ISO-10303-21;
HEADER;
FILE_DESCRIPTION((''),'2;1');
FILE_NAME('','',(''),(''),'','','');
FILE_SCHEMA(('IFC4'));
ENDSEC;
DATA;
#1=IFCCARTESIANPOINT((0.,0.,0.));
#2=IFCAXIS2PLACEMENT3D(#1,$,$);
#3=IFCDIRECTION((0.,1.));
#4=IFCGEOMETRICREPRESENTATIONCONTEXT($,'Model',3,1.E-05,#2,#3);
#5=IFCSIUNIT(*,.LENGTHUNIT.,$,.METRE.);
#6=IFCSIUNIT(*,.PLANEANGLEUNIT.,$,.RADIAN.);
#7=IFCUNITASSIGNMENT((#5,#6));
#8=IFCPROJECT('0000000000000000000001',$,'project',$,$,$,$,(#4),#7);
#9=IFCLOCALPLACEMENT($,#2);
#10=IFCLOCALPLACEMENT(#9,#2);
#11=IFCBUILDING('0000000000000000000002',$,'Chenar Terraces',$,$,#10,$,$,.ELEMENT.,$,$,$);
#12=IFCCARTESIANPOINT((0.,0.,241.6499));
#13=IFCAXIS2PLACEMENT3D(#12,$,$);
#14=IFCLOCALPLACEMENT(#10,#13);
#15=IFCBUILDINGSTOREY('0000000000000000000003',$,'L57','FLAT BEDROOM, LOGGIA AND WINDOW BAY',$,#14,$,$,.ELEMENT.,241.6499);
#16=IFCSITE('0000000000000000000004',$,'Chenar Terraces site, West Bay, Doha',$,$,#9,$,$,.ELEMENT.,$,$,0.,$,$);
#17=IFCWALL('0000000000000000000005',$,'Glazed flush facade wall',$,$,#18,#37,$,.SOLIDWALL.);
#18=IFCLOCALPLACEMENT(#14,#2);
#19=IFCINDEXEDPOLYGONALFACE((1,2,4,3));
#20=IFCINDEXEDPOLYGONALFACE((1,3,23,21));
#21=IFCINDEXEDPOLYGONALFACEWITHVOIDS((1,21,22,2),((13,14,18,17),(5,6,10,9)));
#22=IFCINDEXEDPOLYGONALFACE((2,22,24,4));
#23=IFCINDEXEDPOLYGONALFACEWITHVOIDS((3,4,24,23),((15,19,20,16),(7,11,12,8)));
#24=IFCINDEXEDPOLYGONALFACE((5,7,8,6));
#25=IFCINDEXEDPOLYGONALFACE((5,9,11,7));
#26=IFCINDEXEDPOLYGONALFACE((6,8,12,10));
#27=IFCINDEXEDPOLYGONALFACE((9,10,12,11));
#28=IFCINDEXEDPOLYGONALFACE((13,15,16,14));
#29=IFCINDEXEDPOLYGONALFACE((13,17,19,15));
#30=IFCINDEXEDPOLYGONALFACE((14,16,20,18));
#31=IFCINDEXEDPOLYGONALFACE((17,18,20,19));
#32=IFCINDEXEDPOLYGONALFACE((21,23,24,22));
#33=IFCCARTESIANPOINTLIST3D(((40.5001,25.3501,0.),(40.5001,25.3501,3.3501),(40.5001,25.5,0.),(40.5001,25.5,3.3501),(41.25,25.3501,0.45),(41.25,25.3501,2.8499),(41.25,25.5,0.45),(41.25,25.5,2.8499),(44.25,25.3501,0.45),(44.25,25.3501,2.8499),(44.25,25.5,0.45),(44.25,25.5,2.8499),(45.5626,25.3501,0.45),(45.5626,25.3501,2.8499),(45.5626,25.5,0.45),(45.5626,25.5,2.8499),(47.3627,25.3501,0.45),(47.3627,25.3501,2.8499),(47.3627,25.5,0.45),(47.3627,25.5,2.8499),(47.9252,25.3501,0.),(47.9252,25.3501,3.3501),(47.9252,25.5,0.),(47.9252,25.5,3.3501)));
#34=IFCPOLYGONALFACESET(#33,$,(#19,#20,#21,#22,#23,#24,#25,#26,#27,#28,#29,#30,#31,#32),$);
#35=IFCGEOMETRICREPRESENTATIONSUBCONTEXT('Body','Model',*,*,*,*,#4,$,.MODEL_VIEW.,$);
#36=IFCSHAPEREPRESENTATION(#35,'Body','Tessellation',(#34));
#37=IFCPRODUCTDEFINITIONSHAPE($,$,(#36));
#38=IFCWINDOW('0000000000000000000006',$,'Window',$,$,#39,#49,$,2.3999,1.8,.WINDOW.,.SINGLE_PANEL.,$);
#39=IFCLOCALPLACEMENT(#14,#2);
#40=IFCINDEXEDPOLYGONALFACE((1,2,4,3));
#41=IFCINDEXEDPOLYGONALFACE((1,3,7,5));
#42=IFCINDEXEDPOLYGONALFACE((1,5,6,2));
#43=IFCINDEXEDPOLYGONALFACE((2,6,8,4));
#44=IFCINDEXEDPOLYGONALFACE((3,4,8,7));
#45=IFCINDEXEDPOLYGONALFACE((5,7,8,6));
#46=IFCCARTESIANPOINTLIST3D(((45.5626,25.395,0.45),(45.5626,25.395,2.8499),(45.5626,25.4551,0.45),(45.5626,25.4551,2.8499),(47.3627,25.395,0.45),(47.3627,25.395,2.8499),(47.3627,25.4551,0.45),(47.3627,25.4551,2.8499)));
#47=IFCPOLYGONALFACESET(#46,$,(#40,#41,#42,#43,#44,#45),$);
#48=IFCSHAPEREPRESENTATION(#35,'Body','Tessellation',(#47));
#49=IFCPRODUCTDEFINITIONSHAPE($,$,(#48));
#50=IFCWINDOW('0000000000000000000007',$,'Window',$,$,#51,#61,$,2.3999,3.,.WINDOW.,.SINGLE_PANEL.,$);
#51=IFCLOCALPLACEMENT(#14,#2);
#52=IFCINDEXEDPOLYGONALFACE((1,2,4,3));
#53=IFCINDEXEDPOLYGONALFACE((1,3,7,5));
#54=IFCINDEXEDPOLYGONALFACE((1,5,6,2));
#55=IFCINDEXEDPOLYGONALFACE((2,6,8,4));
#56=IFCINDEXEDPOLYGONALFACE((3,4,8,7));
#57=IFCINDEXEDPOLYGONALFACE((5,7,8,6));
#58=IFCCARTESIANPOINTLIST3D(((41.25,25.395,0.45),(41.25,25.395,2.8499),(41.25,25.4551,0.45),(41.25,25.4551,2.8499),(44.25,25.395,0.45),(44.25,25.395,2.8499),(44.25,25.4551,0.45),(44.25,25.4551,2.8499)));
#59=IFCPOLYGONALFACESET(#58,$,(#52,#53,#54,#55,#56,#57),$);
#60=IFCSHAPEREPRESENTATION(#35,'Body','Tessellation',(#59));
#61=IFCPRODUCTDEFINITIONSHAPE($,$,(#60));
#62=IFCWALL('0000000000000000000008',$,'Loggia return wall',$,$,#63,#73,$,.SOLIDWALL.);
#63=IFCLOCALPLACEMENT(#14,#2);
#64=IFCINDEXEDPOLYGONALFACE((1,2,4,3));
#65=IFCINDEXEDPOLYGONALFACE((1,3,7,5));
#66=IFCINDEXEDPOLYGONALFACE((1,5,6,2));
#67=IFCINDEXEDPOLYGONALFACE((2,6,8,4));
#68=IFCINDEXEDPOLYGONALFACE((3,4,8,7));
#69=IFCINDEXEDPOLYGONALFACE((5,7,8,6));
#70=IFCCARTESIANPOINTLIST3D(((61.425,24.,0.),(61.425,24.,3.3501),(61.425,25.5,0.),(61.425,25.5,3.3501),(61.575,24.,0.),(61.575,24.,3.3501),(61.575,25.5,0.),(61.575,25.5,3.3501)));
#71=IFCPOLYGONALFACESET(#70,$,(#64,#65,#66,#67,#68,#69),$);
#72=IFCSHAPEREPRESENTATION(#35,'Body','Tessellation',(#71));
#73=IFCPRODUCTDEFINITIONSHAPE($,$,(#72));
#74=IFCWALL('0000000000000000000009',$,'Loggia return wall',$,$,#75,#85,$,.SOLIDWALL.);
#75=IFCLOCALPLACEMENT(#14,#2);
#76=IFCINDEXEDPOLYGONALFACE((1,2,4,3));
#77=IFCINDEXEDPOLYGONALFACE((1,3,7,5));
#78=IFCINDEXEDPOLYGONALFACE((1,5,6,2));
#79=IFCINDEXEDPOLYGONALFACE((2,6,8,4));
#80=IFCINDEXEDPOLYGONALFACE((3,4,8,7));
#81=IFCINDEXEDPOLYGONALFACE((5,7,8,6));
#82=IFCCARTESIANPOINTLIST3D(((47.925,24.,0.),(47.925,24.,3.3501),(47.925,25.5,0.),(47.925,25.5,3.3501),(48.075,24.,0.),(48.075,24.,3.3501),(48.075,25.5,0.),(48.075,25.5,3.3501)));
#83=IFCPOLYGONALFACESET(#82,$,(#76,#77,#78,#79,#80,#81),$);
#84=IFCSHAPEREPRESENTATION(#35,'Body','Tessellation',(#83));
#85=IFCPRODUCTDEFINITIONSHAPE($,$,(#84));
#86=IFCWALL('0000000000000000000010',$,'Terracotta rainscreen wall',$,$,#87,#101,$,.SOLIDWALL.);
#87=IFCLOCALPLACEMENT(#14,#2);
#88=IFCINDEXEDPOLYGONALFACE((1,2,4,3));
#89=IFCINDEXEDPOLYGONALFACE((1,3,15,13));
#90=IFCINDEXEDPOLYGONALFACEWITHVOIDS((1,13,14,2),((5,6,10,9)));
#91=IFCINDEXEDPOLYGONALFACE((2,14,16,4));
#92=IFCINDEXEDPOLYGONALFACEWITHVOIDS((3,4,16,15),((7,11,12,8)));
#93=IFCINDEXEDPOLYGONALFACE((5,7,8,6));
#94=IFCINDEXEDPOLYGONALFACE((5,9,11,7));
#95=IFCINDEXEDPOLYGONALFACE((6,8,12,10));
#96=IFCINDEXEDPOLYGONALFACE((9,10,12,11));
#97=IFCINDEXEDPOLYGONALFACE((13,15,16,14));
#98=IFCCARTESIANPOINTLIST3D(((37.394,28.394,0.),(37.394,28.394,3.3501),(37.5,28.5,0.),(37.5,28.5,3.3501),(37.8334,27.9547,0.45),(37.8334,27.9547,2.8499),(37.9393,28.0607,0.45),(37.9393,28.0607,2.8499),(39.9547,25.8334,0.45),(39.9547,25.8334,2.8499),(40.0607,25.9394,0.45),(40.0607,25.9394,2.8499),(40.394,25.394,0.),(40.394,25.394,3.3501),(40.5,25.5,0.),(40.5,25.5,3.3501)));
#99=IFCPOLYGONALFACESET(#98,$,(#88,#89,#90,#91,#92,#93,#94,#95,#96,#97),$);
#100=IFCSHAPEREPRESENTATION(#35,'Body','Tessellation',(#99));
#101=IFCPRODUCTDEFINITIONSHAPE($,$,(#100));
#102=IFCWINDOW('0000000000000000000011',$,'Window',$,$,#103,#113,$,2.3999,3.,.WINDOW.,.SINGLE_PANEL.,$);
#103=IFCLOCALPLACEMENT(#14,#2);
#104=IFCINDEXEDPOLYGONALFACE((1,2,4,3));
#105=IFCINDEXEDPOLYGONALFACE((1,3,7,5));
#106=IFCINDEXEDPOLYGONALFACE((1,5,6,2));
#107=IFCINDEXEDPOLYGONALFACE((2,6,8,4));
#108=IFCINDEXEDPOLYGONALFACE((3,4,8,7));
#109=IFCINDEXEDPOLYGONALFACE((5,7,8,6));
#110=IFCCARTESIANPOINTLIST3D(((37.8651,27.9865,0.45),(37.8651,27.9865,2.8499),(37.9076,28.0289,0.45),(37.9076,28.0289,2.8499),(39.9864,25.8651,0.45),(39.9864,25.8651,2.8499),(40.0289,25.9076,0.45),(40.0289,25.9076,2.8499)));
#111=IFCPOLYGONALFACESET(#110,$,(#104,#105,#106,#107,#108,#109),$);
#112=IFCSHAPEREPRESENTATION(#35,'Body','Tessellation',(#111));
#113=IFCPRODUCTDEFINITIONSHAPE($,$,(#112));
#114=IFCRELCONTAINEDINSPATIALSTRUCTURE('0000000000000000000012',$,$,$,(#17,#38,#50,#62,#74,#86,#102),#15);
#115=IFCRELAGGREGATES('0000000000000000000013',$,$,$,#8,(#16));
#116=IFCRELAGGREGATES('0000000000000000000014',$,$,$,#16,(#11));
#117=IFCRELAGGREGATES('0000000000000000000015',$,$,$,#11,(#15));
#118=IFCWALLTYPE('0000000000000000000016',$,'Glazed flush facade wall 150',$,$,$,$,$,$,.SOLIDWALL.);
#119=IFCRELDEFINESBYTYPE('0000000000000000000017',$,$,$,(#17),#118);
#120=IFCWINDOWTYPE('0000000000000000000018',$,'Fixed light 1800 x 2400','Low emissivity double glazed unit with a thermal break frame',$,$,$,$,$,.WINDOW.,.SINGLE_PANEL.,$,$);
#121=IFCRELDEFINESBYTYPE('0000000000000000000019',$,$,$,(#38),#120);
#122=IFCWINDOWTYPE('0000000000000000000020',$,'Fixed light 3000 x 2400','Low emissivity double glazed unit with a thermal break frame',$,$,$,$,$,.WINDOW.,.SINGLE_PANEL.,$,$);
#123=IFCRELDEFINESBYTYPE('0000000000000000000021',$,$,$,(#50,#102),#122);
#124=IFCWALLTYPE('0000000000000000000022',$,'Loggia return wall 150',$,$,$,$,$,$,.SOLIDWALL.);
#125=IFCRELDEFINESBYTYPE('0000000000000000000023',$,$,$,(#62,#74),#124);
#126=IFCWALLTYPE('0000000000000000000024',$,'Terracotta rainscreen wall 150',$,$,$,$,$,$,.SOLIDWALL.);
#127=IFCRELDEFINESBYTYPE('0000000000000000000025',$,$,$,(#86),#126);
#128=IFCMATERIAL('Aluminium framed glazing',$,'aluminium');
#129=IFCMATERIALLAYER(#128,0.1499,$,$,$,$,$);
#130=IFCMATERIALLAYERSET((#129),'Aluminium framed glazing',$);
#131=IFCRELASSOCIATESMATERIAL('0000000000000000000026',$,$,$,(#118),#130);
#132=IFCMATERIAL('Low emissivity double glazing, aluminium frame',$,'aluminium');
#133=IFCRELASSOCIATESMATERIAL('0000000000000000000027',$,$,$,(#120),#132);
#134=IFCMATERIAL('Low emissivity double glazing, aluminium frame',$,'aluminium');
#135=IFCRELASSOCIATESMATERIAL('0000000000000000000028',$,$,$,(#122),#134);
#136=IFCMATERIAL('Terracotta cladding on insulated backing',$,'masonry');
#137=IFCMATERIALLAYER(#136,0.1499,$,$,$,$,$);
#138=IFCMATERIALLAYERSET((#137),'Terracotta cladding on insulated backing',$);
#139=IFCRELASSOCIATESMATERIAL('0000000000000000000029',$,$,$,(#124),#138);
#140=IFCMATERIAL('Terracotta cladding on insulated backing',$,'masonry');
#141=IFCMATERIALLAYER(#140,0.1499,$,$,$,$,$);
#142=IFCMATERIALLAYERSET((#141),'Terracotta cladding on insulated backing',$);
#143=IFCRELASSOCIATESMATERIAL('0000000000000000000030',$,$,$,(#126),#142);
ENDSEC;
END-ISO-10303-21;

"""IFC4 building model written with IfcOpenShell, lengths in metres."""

from ifc_helpers import new_model, si_unit, direction, frame, frame_2d, origin, place, context, subcontext, project, spatial, rectangle, extrude, material, layer, layer_set, type_object, element, fill, save


model = new_model("IFC4")

# Units and contexts
model_context = context("Model", 3, precision=1e-05, world=origin(), true_north=direction((0.0, 1.0)))
body_context = subcontext(model_context, "Body", "Model", "MODEL_VIEW")
ifc_project = project(units=[si_unit("LENGTHUNIT", "METRE"), si_unit("PLANEANGLEUNIT", "RADIAN")], contexts=[model_context])

# Site, building, storey
site_placement = place(None, origin())
site = spatial("IfcSite", under=ifc_project, at=site_placement, Name="Chenar Terraces site, West Bay, Doha", CompositionType="ELEMENT", RefElevation=0.0)
building_placement = place(site_placement, origin())
building = spatial("IfcBuilding", under=site, at=building_placement, Name="Chenar Terraces", CompositionType="ELEMENT")
storey_placement = place(building_placement, frame((0.0, 0.0, 241.6499)))
storey = spatial("IfcBuildingStorey", under=building, at=storey_placement, Name="L57", Description="FLAT BEDROOM, LOGGIA AND WINDOW BAY", CompositionType="ELEMENT", Elevation=241.6499)

# Wall, openings, windows
ifc_material_1 = material(Name="Aluminium framed glazing", Category="aluminium")
ifc_layer_1 = layer(ifc_material_1, 0.1499)
ifc_layer_set_1 = layer_set([ifc_layer_1], Name="Aluminium framed glazing")
wall_type_1 = type_object("IfcWallType", Name="Glazed flush facade wall 150", PredefinedType="SOLIDWALL", material=ifc_layer_set_1)
wall_1_placement = place(storey_placement, frame((47.925, 25.425, 0.0), z_axis=(0.0, 0.0, 1.0), x_axis=(-1.0, 0.0, 0.0)))
wall_1 = element("IfcWall", 1, at=wall_1_placement, inside=storey, type_object=wall_type_1, Name="Glazed flush facade wall", PredefinedType="SOLIDWALL", context=body_context, shape_type="SweptSolid", body=[
    extrude(rectangle(XDim=7.425, YDim=0.1499, at=frame_2d((3.7124, 0.0))), origin(), (0.0, 0.0, 1.0), 3.3501),
])
opening_1_placement = place(wall_1_placement, frame((0.5625, 0.0, 0.45)))
opening_1 = element("IfcOpeningElement", 2, at=opening_1_placement, cuts=wall_1, PredefinedType="OPENING", context=body_context, shape_type="SweptSolid", body=[
    extrude(rectangle(XDim=1.8, YDim=2.3999, at=frame_2d((0.8999, 1.2))), frame((0.0, 0.085, 0.0), z_axis=(0.0, -1.0, 0.0), x_axis=(1.0, 0.0, 0.0)), (0.0, 0.0, 1.0), 0.1699),
])
opening_2_placement = place(wall_1_placement, frame((3.675, 0.0, 0.45)))
opening_2 = element("IfcOpeningElement", 3, at=opening_2_placement, cuts=wall_1, PredefinedType="OPENING", context=body_context, shape_type="SweptSolid", body=[
    extrude(rectangle(XDim=3.0, YDim=2.3999, at=frame_2d((1.5, 1.2))), frame((0.0, 0.085, 0.0), z_axis=(0.0, -1.0, 0.0), x_axis=(1.0, 0.0, 0.0)), (0.0, 0.0, 1.0), 0.1699),
])
ifc_material_2 = material(Name="Low emissivity double glazing, aluminium frame", Category="aluminium")
window_type_1 = type_object("IfcWindowType", Name="Fixed light 1800 x 2400", Description="Low emissivity double glazed unit with a thermal break frame", PartitioningType="SINGLE_PANEL", PredefinedType="WINDOW", material=ifc_material_2)
window_1_placement = place(opening_1_placement, origin())
window_1 = element("IfcWindow", 4, at=window_1_placement, inside=storey, type_object=window_type_1, Name="Window", OverallHeight=2.3999, OverallWidth=1.8, PartitioningType="SINGLE_PANEL", PredefinedType="WINDOW", context=body_context, shape_type="SweptSolid", body=[
    extrude(rectangle(XDim=1.8, YDim=2.3999, at=frame_2d((0.8999, 1.2))), frame((0.0, 0.03, 0.0), z_axis=(0.0, -1.0, 0.0), x_axis=(1.0, 0.0, 0.0)), (0.0, 0.0, 1.0), 0.0601),
])
fill(opening_1, window_1)
ifc_material_3 = material(Name="Low emissivity double glazing, aluminium frame", Category="aluminium")
window_type_2 = type_object("IfcWindowType", Name="Fixed light 3000 x 2400", Description="Low emissivity double glazed unit with a thermal break frame", PartitioningType="SINGLE_PANEL", PredefinedType="WINDOW", material=ifc_material_3)
window_2_placement = place(opening_2_placement, origin())
window_2 = element("IfcWindow", 5, at=window_2_placement, inside=storey, type_object=window_type_2, Name="Window", OverallHeight=2.3999, OverallWidth=3.0, PartitioningType="SINGLE_PANEL", PredefinedType="WINDOW", context=body_context, shape_type="SweptSolid", body=[
    extrude(rectangle(XDim=3.0, YDim=2.3999, at=frame_2d((1.5, 1.2))), frame((0.0, 0.03, 0.0), z_axis=(0.0, -1.0, 0.0), x_axis=(1.0, 0.0, 0.0)), (0.0, 0.0, 1.0), 0.0601),
])
fill(opening_2, window_2)

# Walls
ifc_material_4 = material(Name="Terracotta cladding on insulated backing", Category="masonry")
ifc_layer_2 = layer(ifc_material_4, 0.1499)
ifc_layer_set_2 = layer_set([ifc_layer_2], Name="Terracotta cladding on insulated backing")
wall_type_2 = type_object("IfcWallType", Name="Loggia return wall 150", PredefinedType="SOLIDWALL", material=ifc_layer_set_2)
for number, where, z_axis, x_axis, name in (
    (6, (61.5, 25.5, 0.0), (0.0, 0.0, 1.0), (0.0, -1.0, 0.0), "Loggia return wall"),
    (7, (48.0, 25.5, 0.0), (0.0, 0.0, 1.0), (0.0, -1.0, 0.0), "Loggia return wall"),
):
    element("IfcWall", number, at=place(storey_placement, frame(where, z_axis=z_axis, x_axis=x_axis)), inside=storey, type_object=wall_type_2, Name=name, PredefinedType="SOLIDWALL", context=body_context, shape_type="SweptSolid", body=[
        extrude(rectangle(XDim=1.5, YDim=0.1499, at=frame_2d((0.75, 0.0))), origin(), (0.0, 0.0, 1.0), 3.3501),
    ])

# Wall, opening, window
ifc_material_5 = material(Name="Terracotta cladding on insulated backing", Category="masonry")
ifc_layer_3 = layer(ifc_material_5, 0.1499)
ifc_layer_set_3 = layer_set([ifc_layer_3], Name="Terracotta cladding on insulated backing")
wall_type_3 = type_object("IfcWallType", Name="Terracotta rainscreen wall 150", PredefinedType="SOLIDWALL", material=ifc_layer_set_3)
wall_2_placement = place(storey_placement, frame((40.447, 25.447, 0.0), z_axis=(0.0, 0.0, 1.0), x_axis=(-0.707107, 0.707107, 0.0)))
wall_2 = element("IfcWall", 8, at=wall_2_placement, inside=storey, type_object=wall_type_3, Name="Terracotta rainscreen wall", PredefinedType="SOLIDWALL", context=body_context, shape_type="SweptSolid", body=[
    extrude(rectangle(XDim=4.2427, YDim=0.1499, at=frame_2d((2.1213, 0.0))), origin(), (0.0, 0.0, 1.0), 3.3501),
])
opening_3_placement = place(wall_2_placement, frame((0.6213, 0.0, 0.45)))
opening_3 = element("IfcOpeningElement", 9, at=opening_3_placement, cuts=wall_2, PredefinedType="OPENING", context=body_context, shape_type="SweptSolid", body=[
    extrude(rectangle(XDim=3.0, YDim=2.3999, at=frame_2d((1.5, 1.2))), frame((0.0, 0.085, 0.0), z_axis=(0.0, -1.0, 0.0), x_axis=(1.0, 0.0, 0.0)), (0.0, 0.0, 1.0), 0.1699),
])
window_3_placement = place(opening_3_placement, origin())
window_3 = element("IfcWindow", 10, at=window_3_placement, inside=storey, type_object=window_type_2, Name="Window", OverallHeight=2.3999, OverallWidth=3.0, PartitioningType="SINGLE_PANEL", PredefinedType="WINDOW", context=body_context, shape_type="SweptSolid", body=[
    extrude(rectangle(XDim=3.0, YDim=2.3999, at=frame_2d((1.5, 1.2))), frame((0.0, 0.03, 0.0), z_axis=(0.0, -1.0, 0.0), x_axis=(1.0, 0.0, 0.0)), (0.0, 0.0, 1.0), 0.0601),
])
fill(opening_3, window_3)

save(model, "model.ifc")
